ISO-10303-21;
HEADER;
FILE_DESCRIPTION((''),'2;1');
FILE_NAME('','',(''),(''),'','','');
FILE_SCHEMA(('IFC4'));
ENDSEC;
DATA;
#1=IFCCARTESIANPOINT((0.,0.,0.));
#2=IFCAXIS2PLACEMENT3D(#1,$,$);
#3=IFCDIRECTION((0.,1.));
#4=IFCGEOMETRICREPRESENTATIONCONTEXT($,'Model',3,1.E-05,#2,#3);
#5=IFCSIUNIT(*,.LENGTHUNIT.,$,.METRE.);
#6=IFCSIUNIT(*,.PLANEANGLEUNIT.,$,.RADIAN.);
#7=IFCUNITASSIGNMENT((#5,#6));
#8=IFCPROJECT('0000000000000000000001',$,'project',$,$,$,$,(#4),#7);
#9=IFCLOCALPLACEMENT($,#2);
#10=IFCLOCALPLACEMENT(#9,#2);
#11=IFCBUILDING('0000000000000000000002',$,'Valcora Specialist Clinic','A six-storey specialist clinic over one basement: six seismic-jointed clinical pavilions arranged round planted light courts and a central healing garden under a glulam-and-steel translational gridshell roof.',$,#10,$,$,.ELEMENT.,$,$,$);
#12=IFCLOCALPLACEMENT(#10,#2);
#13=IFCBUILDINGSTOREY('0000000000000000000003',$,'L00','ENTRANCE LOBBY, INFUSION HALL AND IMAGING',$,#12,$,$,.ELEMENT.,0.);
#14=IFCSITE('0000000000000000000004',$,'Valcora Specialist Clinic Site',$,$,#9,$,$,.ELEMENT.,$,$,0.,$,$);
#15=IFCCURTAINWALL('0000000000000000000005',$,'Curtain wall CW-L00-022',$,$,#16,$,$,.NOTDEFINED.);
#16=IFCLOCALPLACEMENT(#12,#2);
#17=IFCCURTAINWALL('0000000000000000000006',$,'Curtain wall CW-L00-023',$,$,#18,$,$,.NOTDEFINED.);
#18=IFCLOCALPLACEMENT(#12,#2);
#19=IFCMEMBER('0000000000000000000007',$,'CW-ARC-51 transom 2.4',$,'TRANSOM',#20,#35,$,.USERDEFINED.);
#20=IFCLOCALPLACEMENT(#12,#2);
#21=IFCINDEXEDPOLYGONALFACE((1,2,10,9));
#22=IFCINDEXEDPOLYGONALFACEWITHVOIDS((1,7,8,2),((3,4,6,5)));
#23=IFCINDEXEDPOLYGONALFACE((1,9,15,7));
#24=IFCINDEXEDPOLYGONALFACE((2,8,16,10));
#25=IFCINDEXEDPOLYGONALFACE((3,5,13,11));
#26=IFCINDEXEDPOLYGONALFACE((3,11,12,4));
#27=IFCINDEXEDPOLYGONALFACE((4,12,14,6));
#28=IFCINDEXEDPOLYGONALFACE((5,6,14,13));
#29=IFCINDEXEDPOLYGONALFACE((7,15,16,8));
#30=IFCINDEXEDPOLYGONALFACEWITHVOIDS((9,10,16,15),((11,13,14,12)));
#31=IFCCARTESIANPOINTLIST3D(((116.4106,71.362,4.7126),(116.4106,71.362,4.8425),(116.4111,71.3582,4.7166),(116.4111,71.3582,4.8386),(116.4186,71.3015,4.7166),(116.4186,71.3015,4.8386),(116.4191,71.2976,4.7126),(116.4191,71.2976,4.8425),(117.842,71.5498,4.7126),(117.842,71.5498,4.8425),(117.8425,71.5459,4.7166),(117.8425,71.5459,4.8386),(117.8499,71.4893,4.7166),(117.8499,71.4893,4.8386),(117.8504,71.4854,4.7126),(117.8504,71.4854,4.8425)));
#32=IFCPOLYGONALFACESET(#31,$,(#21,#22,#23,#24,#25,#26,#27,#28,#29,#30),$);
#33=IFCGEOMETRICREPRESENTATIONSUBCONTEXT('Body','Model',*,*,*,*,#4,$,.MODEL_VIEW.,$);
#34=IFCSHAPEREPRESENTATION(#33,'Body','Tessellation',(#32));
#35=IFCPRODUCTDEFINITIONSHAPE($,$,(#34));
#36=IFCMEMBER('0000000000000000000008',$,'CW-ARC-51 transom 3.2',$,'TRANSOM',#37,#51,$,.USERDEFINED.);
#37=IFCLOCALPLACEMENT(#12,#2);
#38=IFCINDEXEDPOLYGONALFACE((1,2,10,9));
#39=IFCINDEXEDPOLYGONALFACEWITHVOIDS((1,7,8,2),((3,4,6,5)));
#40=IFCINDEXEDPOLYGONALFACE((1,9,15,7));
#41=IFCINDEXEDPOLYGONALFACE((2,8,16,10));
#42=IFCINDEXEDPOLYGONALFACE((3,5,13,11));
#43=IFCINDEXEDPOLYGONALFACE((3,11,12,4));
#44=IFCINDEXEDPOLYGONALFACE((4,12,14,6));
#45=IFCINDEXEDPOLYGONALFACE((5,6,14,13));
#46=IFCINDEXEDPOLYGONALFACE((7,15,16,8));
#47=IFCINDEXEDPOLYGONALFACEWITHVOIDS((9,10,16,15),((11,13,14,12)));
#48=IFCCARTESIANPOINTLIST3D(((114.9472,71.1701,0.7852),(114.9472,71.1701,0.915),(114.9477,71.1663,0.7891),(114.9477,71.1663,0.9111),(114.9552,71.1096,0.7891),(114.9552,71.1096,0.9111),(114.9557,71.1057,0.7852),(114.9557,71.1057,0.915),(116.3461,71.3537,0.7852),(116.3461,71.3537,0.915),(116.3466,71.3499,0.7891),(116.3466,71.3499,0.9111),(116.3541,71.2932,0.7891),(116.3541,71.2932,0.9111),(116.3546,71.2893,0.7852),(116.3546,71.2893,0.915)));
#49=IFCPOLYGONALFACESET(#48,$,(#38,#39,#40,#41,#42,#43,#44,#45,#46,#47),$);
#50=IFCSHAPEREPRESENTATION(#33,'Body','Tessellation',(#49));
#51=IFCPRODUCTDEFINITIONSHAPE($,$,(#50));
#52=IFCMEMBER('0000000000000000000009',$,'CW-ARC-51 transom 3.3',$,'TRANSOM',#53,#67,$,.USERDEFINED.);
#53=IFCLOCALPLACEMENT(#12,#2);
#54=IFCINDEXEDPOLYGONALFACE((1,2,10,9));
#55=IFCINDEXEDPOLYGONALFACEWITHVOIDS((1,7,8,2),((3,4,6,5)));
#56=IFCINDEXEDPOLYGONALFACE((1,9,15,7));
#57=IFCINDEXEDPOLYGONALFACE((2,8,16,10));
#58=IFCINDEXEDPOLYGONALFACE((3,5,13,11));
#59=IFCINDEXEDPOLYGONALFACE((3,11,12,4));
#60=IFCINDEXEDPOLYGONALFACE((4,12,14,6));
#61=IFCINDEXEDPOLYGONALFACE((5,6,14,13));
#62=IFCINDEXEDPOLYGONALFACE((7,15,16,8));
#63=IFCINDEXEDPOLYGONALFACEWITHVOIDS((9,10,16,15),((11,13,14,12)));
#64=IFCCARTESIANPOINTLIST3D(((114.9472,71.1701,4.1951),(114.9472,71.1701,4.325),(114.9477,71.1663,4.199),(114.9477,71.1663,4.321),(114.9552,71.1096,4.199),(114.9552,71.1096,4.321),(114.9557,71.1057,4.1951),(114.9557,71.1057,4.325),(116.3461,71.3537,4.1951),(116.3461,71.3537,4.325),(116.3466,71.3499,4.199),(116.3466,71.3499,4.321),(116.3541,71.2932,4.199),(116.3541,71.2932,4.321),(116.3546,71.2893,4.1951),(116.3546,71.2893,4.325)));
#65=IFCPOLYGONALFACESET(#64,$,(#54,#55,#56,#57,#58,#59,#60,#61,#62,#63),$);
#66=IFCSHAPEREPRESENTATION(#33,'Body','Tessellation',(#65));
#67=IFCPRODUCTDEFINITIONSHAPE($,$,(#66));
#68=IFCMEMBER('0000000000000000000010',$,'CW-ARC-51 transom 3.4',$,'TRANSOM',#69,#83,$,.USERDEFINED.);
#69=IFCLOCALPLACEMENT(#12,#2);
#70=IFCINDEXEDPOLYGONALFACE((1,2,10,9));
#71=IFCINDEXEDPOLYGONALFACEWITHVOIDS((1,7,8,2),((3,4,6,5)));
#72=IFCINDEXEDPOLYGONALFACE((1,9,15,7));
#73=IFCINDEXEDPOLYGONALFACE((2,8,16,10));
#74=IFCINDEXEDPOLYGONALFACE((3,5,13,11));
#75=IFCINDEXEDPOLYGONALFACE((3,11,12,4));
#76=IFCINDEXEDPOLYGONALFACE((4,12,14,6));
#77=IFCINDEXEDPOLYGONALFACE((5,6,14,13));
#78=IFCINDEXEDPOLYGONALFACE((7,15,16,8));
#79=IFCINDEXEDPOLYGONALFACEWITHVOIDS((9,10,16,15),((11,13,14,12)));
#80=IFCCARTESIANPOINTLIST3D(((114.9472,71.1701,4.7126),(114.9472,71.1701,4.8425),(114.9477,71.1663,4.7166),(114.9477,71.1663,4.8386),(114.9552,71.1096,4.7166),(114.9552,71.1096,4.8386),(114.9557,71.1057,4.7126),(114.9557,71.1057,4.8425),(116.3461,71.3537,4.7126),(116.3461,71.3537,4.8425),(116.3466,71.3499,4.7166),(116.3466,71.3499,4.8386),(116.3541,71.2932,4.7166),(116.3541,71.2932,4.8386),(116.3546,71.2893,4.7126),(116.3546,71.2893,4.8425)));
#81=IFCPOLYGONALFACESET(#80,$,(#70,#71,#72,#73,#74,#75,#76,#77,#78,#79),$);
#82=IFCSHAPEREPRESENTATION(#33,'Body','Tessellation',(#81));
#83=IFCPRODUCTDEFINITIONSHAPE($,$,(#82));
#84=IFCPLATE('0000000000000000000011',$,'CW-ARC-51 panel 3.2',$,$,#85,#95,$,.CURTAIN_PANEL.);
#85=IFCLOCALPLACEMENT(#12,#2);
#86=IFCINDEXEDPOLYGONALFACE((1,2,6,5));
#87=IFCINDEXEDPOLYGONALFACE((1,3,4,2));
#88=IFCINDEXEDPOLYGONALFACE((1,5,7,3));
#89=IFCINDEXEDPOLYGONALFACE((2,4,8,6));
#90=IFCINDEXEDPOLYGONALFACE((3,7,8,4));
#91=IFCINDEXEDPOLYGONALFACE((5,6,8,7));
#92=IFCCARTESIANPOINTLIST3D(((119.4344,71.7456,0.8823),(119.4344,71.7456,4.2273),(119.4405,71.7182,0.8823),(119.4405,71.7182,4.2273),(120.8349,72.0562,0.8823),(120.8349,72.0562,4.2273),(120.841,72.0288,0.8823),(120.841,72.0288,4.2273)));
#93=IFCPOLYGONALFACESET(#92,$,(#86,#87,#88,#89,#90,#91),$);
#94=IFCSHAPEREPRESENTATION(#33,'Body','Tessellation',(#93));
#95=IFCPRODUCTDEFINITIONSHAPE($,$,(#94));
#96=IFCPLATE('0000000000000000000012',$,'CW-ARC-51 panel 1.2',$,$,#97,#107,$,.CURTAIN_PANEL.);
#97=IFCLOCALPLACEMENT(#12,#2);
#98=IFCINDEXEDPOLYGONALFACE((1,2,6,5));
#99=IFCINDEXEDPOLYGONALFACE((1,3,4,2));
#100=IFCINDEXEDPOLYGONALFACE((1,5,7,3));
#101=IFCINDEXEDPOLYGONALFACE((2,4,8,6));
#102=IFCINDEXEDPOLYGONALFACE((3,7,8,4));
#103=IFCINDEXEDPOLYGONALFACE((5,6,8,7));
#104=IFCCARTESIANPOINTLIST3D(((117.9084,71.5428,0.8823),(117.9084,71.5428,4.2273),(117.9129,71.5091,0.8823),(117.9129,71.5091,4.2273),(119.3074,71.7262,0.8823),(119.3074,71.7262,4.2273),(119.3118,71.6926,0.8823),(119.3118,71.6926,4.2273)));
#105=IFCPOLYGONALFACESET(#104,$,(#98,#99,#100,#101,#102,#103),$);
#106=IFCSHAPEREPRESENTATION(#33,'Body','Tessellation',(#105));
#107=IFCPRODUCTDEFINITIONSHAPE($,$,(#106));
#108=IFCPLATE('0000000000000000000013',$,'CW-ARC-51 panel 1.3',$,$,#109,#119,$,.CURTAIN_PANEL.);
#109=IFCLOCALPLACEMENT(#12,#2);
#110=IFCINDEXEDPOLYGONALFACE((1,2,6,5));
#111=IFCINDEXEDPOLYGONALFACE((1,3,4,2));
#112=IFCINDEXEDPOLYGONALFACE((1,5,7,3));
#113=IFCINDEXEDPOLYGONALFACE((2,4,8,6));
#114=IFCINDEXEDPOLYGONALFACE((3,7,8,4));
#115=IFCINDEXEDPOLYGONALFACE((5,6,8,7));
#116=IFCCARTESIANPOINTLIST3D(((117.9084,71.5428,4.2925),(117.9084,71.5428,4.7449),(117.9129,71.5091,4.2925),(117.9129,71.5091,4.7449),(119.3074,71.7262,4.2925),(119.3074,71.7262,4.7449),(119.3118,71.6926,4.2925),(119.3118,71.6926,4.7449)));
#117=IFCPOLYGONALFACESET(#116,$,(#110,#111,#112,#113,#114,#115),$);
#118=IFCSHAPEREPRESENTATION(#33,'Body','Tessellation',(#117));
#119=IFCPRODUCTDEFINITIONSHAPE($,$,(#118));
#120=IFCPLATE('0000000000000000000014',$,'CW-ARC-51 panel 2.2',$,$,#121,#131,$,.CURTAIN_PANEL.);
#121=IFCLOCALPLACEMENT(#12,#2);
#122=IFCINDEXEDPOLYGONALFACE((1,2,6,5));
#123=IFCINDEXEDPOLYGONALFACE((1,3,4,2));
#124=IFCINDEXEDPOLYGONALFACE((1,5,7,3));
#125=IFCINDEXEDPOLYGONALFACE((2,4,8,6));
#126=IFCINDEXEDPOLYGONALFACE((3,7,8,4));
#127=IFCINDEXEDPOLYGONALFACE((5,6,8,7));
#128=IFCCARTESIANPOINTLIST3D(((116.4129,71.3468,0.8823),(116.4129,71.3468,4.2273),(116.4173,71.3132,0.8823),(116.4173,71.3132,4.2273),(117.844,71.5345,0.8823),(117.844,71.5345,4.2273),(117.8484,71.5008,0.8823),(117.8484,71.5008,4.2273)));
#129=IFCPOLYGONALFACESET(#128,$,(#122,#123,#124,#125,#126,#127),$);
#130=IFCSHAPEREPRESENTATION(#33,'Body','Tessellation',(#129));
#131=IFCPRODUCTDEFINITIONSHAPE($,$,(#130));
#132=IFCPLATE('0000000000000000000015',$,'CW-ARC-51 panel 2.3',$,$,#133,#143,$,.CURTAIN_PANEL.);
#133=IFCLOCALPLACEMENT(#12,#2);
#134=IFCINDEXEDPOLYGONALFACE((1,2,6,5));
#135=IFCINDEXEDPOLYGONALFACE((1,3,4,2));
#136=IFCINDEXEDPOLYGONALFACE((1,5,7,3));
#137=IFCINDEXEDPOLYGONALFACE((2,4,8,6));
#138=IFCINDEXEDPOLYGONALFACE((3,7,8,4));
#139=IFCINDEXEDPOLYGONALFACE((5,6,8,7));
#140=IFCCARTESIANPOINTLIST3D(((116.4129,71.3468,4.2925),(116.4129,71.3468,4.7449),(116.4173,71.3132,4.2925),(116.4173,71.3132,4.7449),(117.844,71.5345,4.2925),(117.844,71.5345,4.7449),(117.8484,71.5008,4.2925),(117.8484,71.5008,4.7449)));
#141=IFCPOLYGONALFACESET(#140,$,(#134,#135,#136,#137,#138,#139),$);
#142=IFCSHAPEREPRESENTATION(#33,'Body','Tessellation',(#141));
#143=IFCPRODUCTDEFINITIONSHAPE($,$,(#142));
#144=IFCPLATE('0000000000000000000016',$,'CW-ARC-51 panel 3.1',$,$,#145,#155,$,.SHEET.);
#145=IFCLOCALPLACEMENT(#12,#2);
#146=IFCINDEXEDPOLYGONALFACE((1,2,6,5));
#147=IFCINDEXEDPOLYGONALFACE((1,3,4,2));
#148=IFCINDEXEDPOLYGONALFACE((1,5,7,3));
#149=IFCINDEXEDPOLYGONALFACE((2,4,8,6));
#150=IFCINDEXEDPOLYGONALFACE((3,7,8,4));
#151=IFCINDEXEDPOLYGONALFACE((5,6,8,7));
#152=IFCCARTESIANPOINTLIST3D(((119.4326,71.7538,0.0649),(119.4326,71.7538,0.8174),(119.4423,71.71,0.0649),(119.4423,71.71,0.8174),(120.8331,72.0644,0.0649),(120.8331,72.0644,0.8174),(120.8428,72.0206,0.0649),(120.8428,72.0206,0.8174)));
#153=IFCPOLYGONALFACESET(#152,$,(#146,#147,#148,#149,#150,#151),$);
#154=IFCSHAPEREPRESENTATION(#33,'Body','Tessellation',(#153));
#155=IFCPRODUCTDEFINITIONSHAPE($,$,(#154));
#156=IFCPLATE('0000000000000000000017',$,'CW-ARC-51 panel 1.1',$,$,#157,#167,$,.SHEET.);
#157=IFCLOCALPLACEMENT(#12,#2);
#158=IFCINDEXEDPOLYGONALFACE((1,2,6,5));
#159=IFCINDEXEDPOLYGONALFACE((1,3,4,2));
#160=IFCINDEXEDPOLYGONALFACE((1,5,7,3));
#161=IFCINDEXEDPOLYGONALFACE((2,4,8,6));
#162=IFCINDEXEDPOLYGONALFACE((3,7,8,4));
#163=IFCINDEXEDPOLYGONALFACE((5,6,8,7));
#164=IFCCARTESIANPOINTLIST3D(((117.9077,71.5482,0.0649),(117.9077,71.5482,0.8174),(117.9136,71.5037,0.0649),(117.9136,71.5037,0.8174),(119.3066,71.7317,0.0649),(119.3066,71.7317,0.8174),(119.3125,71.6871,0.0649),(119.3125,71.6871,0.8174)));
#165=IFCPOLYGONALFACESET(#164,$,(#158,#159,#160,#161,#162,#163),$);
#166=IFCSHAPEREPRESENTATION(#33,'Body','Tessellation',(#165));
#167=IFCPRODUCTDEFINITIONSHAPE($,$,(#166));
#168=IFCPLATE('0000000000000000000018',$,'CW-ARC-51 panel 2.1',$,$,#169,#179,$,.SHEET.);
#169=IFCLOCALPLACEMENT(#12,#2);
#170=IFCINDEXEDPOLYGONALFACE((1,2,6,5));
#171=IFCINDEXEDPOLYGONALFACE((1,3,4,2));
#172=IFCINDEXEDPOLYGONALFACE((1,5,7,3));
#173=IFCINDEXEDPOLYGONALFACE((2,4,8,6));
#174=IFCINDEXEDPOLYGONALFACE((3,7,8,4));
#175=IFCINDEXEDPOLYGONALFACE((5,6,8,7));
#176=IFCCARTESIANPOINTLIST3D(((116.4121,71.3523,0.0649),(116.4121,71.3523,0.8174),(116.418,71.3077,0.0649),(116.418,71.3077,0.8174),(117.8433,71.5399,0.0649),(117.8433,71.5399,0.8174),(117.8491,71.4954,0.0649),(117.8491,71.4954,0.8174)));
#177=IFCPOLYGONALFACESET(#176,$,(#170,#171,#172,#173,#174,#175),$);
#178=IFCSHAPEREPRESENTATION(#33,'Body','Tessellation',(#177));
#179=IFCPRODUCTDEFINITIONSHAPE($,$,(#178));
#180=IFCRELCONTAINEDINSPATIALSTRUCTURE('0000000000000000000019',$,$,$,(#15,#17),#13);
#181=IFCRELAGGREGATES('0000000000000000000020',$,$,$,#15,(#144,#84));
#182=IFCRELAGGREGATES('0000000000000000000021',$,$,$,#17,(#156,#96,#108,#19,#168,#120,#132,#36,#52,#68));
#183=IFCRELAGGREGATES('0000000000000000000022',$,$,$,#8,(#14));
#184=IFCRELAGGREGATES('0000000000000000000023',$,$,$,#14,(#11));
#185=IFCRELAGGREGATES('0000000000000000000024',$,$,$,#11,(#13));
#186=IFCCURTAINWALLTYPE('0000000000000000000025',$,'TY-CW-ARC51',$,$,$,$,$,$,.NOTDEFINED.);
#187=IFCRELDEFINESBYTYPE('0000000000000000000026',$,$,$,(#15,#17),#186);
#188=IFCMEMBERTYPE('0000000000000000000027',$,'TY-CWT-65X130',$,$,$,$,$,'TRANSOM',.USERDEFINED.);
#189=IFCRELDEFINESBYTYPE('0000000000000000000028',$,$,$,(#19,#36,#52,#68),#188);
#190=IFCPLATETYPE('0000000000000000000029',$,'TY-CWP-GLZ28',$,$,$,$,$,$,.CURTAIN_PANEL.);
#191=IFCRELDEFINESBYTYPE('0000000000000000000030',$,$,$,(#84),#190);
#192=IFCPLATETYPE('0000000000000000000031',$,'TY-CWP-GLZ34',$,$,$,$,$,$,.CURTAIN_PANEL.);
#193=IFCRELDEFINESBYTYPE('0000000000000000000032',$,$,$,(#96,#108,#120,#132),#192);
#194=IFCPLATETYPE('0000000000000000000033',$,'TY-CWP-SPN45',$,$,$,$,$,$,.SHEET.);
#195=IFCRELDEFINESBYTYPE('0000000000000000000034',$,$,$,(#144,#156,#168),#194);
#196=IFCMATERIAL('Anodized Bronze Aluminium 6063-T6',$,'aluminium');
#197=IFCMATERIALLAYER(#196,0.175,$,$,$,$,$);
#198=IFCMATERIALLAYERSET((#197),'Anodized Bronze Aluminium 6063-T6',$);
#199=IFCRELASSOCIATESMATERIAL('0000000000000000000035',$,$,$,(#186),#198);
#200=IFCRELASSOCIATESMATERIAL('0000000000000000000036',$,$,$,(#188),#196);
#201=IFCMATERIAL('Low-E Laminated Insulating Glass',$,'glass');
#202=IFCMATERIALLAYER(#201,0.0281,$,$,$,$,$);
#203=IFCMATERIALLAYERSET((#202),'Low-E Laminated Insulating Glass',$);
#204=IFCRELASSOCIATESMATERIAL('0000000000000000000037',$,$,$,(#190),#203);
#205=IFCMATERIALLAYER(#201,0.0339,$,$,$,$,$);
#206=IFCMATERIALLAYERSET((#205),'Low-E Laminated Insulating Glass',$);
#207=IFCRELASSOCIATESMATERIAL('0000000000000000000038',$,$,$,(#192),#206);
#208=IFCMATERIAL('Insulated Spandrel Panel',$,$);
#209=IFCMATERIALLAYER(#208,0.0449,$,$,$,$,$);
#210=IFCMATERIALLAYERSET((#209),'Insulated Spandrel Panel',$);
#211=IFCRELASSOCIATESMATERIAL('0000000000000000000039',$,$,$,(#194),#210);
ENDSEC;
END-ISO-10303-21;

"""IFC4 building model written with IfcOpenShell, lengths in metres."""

from ifc_helpers import new_model, si_unit, direction, frame, origin, origin_2d, place, context, subcontext, project, spatial, rectangle, hollow_rectangle, extrude, material, layer, layer_set, material_profile, profile_set, type_object, element, aggregate, save


model = new_model("IFC4")

# Units and contexts
model_context = context("Model", 3, precision=1e-05, world=origin(), true_north=direction((0.0, 1.0)))
body_context = subcontext(model_context, "Body", "Model", "MODEL_VIEW")
ifc_project = project(units=[si_unit("LENGTHUNIT", "METRE"), si_unit("PLANEANGLEUNIT", "RADIAN")], contexts=[model_context])

# Site, building, storey
site_placement = place(None, origin())
site = spatial("IfcSite", under=ifc_project, at=site_placement, Name="Valcora Specialist Clinic Site", CompositionType="ELEMENT", RefElevation=0.0)
building_placement = place(site_placement, origin())
building = spatial("IfcBuilding", under=site, at=building_placement, Name="Valcora Specialist Clinic", Description="A six-storey specialist clinic over one basement: six seismic-jointed clinical pavilions arranged round planted light courts and a central healing garden under a glulam-and-steel translational gridshell roof.", CompositionType="ELEMENT")
storey_placement = place(building_placement, origin())
storey = spatial("IfcBuildingStorey", under=building, at=storey_placement, Name="L00", Description="ENTRANCE LOBBY, INFUSION HALL AND IMAGING", CompositionType="ELEMENT", Elevation=0.0)

# Curtain wall
ifc_material_1 = material(Name="Anodized Bronze Aluminium 6063-T6", Category="aluminium")
ifc_layer_1 = layer(ifc_material_1, 0.175)
ifc_layer_set_1 = layer_set([ifc_layer_1], Name="Anodized Bronze Aluminium 6063-T6")
curtain_wall_type = type_object("IfcCurtainWallType", Name="TY-CW-ARC51", PredefinedType="NOTDEFINED", material=ifc_layer_set_1)
curtain_wall_1_placement = place(storey_placement, origin())
curtain_wall_1 = element("IfcCurtainWall", 1, at=curtain_wall_1_placement, inside=storey, type_object=curtain_wall_type, Name="Curtain wall CW-L00-022", PredefinedType="NOTDEFINED")

# Curtain wall, members
curtain_wall_2_placement = place(storey_placement, origin())
curtain_wall_2 = element("IfcCurtainWall", 2, at=curtain_wall_2_placement, inside=storey, type_object=curtain_wall_type, Name="Curtain wall CW-L00-023", PredefinedType="NOTDEFINED")
ifc_material_profile_1 = material_profile(ifc_material_1, hollow_rectangle(XDim=0.0649, YDim=0.1299, WallThickness=0.0039, at=origin_2d()), Name="AL-TRN-65X130")
ifc_profile_set_1 = profile_set([ifc_material_profile_1], Name="Anodized Bronze Aluminium 6063-T6")
member_type_1 = type_object("IfcMemberType", Name="TY-CWT-65X130", ElementType="TRANSOM", PredefinedType="USERDEFINED", material=ifc_profile_set_1)
member_1_placement = place(storey_placement, frame((117.8462, 71.5176, 4.7776), z_axis=(-0.991508, -0.130048, 0.0), x_axis=(0.130048, -0.991508, 0.0)))
member_1 = element("IfcMember", 3, at=member_1_placement, type_object=member_type_1, Name="CW-ARC-51 transom 2.4", ObjectType="TRANSOM", PredefinedType="USERDEFINED", context=body_context, shape_type="SweptSolid", body=[
    extrude(hollow_rectangle(XDim=0.0649, YDim=0.1299, WallThickness=0.0039, at=origin_2d()), origin(), (0.0, 0.0, 1.0), 1.4436),
])
member_2_placement = place(storey_placement, frame((116.3503, 71.3215, 0.8501), z_axis=(-0.991498, -0.130123, 0.0), x_axis=(0.130123, -0.991498, 0.0)))
member_2 = element("IfcMember", 4, at=member_2_placement, type_object=member_type_1, Name="CW-ARC-51 transom 3.2", ObjectType="TRANSOM", PredefinedType="USERDEFINED", context=body_context, shape_type="SweptSolid", body=[
    extrude(hollow_rectangle(XDim=0.0649, YDim=0.1299, WallThickness=0.0039, at=origin_2d()), origin(), (0.0, 0.0, 1.0), 1.4109),
])
member_3_placement = place(storey_placement, frame((116.3503, 71.3215, 4.26), z_axis=(-0.991498, -0.130123, 0.0), x_axis=(0.130123, -0.991498, 0.0)))
member_3 = element("IfcMember", 5, at=member_3_placement, type_object=member_type_1, Name="CW-ARC-51 transom 3.3", ObjectType="TRANSOM", PredefinedType="USERDEFINED", context=body_context, shape_type="SweptSolid", body=[
    extrude(hollow_rectangle(XDim=0.0649, YDim=0.1299, WallThickness=0.0039, at=origin_2d()), origin(), (0.0, 0.0, 1.0), 1.4109),
])
member_4_placement = place(storey_placement, frame((116.3503, 71.3215, 4.7776), z_axis=(-0.991498, -0.130123, 0.0), x_axis=(0.130123, -0.991498, 0.0)))
member_4 = element("IfcMember", 6, at=member_4_placement, type_object=member_type_1, Name="CW-ARC-51 transom 3.4", ObjectType="TRANSOM", PredefinedType="USERDEFINED", context=body_context, shape_type="SweptSolid", body=[
    extrude(hollow_rectangle(XDim=0.0649, YDim=0.1299, WallThickness=0.0039, at=origin_2d()), origin(), (0.0, 0.0, 1.0), 1.4109),
])

# Plates
ifc_material_2 = material(Name="Low-E Laminated Insulating Glass", Category="glass")
ifc_layer_2 = layer(ifc_material_2, 0.0281)
ifc_layer_set_2 = layer_set([ifc_layer_2], Name="Low-E Laminated Insulating Glass")
plate_type_1 = type_object("IfcPlateType", Name="TY-CWP-GLZ28", PredefinedType="CURTAIN_PANEL", material=ifc_layer_set_2)
plate_1_placement = place(storey_placement, frame((120.1377, 71.8872, 0.8823), z_axis=(0.0, 0.0, 1.0), x_axis=(-0.976279, -0.216518, 0.0)))
plate_1 = element("IfcPlate", 7, at=plate_1_placement, type_object=plate_type_1, Name="CW-ARC-51 panel 3.2", PredefinedType="CURTAIN_PANEL", context=body_context, shape_type="SweptSolid", body=[
    extrude(rectangle(XDim=1.4346, YDim=0.0281, at=origin_2d()), origin(), (0.0, 0.0, 1.0), 3.345),
])
ifc_layer_3 = layer(ifc_material_2, 0.0339)
ifc_layer_set_3 = layer_set([ifc_layer_3], Name="Low-E Laminated Insulating Glass")
plate_type_2 = type_object("IfcPlateType", Name="TY-CWP-GLZ34", PredefinedType="CURTAIN_PANEL", material=ifc_layer_set_3)
plate_2_placement = place(storey_placement, frame((118.6101, 71.6177, 0.8823), z_axis=(0.0, 0.0, 1.0), x_axis=(-0.991514, -0.129999, 0.0)))
plate_2 = element("IfcPlate", 8, at=plate_2_placement, type_object=plate_type_2, Name="CW-ARC-51 panel 1.2", PredefinedType="CURTAIN_PANEL", context=body_context, shape_type="SweptSolid", body=[
    extrude(rectangle(XDim=1.4109, YDim=0.0339, at=origin_2d()), origin(), (0.0, 0.0, 1.0), 3.345),
])
plate_3_placement = place(storey_placement, frame((118.6101, 71.6177, 4.2925), z_axis=(0.0, 0.0, 1.0), x_axis=(-0.991514, -0.129999, 0.0)))
plate_3 = element("IfcPlate", 9, at=plate_3_placement, type_object=plate_type_2, Name="CW-ARC-51 panel 1.3", PredefinedType="CURTAIN_PANEL", context=body_context, shape_type="SweptSolid", body=[
    extrude(rectangle(XDim=1.4109, YDim=0.0339, at=origin_2d()), origin(), (0.0, 0.0, 1.0), 0.4524),
])
plate_4_placement = place(storey_placement, frame((117.1306, 71.4238, 0.8823), z_axis=(0.0, 0.0, 1.0), x_axis=(-0.991514, -0.129999, 0.0)))
plate_4 = element("IfcPlate", 10, at=plate_4_placement, type_object=plate_type_2, Name="CW-ARC-51 panel 2.2", PredefinedType="CURTAIN_PANEL", context=body_context, shape_type="SweptSolid", body=[
    extrude(rectangle(XDim=1.4434, YDim=0.0339, at=origin_2d()), origin(), (0.0, 0.0, 1.0), 3.345),
])
plate_5_placement = place(storey_placement, frame((117.1306, 71.4238, 4.2925), z_axis=(0.0, 0.0, 1.0), x_axis=(-0.991514, -0.129999, 0.0)))
plate_5 = element("IfcPlate", 11, at=plate_5_placement, type_object=plate_type_2, Name="CW-ARC-51 panel 2.3", PredefinedType="CURTAIN_PANEL", context=body_context, shape_type="SweptSolid", body=[
    extrude(rectangle(XDim=1.4434, YDim=0.0339, at=origin_2d()), origin(), (0.0, 0.0, 1.0), 0.4524),
])
ifc_material_3 = material(Name="Insulated Spandrel Panel")
ifc_layer_4 = layer(ifc_material_3, 0.0449)
ifc_layer_set_4 = layer_set([ifc_layer_4], Name="Insulated Spandrel Panel")
plate_type_3 = type_object("IfcPlateType", Name="TY-CWP-SPN45", PredefinedType="SHEET", material=ifc_layer_set_4)
plate_6_placement = place(storey_placement, frame((120.1377, 71.8872, 0.0649), z_axis=(0.0, 0.0, 1.0), x_axis=(-0.976279, -0.216518, 0.0)))
plate_6 = element("IfcPlate", 12, at=plate_6_placement, type_object=plate_type_3, Name="CW-ARC-51 panel 3.1", PredefinedType="SHEET", context=body_context, shape_type="SweptSolid", body=[
    extrude(rectangle(XDim=1.4346, YDim=0.0449, at=origin_2d()), origin(), (0.0, 0.0, 1.0), 0.7524),
])
aggregate(curtain_wall_1, [plate_6, plate_1])
plate_7_placement = place(storey_placement, frame((118.6101, 71.6177, 0.0649), z_axis=(0.0, 0.0, 1.0), x_axis=(-0.991514, -0.129999, 0.0)))
plate_7 = element("IfcPlate", 13, at=plate_7_placement, type_object=plate_type_3, Name="CW-ARC-51 panel 1.1", PredefinedType="SHEET", context=body_context, shape_type="SweptSolid", body=[
    extrude(rectangle(XDim=1.4109, YDim=0.0449, at=origin_2d()), origin(), (0.0, 0.0, 1.0), 0.7524),
])
plate_8_placement = place(storey_placement, frame((117.1306, 71.4238, 0.0649), z_axis=(0.0, 0.0, 1.0), x_axis=(-0.991514, -0.129999, 0.0)))
plate_8 = element("IfcPlate", 14, at=plate_8_placement, type_object=plate_type_3, Name="CW-ARC-51 panel 2.1", PredefinedType="SHEET", context=body_context, shape_type="SweptSolid", body=[
    extrude(rectangle(XDim=1.4434, YDim=0.0449, at=origin_2d()), origin(), (0.0, 0.0, 1.0), 0.7524),
])
aggregate(curtain_wall_2, [plate_7, plate_2, plate_3, member_1, plate_8, plate_4, plate_5, member_2, member_3, member_4])

save(model, "model.ifc")
